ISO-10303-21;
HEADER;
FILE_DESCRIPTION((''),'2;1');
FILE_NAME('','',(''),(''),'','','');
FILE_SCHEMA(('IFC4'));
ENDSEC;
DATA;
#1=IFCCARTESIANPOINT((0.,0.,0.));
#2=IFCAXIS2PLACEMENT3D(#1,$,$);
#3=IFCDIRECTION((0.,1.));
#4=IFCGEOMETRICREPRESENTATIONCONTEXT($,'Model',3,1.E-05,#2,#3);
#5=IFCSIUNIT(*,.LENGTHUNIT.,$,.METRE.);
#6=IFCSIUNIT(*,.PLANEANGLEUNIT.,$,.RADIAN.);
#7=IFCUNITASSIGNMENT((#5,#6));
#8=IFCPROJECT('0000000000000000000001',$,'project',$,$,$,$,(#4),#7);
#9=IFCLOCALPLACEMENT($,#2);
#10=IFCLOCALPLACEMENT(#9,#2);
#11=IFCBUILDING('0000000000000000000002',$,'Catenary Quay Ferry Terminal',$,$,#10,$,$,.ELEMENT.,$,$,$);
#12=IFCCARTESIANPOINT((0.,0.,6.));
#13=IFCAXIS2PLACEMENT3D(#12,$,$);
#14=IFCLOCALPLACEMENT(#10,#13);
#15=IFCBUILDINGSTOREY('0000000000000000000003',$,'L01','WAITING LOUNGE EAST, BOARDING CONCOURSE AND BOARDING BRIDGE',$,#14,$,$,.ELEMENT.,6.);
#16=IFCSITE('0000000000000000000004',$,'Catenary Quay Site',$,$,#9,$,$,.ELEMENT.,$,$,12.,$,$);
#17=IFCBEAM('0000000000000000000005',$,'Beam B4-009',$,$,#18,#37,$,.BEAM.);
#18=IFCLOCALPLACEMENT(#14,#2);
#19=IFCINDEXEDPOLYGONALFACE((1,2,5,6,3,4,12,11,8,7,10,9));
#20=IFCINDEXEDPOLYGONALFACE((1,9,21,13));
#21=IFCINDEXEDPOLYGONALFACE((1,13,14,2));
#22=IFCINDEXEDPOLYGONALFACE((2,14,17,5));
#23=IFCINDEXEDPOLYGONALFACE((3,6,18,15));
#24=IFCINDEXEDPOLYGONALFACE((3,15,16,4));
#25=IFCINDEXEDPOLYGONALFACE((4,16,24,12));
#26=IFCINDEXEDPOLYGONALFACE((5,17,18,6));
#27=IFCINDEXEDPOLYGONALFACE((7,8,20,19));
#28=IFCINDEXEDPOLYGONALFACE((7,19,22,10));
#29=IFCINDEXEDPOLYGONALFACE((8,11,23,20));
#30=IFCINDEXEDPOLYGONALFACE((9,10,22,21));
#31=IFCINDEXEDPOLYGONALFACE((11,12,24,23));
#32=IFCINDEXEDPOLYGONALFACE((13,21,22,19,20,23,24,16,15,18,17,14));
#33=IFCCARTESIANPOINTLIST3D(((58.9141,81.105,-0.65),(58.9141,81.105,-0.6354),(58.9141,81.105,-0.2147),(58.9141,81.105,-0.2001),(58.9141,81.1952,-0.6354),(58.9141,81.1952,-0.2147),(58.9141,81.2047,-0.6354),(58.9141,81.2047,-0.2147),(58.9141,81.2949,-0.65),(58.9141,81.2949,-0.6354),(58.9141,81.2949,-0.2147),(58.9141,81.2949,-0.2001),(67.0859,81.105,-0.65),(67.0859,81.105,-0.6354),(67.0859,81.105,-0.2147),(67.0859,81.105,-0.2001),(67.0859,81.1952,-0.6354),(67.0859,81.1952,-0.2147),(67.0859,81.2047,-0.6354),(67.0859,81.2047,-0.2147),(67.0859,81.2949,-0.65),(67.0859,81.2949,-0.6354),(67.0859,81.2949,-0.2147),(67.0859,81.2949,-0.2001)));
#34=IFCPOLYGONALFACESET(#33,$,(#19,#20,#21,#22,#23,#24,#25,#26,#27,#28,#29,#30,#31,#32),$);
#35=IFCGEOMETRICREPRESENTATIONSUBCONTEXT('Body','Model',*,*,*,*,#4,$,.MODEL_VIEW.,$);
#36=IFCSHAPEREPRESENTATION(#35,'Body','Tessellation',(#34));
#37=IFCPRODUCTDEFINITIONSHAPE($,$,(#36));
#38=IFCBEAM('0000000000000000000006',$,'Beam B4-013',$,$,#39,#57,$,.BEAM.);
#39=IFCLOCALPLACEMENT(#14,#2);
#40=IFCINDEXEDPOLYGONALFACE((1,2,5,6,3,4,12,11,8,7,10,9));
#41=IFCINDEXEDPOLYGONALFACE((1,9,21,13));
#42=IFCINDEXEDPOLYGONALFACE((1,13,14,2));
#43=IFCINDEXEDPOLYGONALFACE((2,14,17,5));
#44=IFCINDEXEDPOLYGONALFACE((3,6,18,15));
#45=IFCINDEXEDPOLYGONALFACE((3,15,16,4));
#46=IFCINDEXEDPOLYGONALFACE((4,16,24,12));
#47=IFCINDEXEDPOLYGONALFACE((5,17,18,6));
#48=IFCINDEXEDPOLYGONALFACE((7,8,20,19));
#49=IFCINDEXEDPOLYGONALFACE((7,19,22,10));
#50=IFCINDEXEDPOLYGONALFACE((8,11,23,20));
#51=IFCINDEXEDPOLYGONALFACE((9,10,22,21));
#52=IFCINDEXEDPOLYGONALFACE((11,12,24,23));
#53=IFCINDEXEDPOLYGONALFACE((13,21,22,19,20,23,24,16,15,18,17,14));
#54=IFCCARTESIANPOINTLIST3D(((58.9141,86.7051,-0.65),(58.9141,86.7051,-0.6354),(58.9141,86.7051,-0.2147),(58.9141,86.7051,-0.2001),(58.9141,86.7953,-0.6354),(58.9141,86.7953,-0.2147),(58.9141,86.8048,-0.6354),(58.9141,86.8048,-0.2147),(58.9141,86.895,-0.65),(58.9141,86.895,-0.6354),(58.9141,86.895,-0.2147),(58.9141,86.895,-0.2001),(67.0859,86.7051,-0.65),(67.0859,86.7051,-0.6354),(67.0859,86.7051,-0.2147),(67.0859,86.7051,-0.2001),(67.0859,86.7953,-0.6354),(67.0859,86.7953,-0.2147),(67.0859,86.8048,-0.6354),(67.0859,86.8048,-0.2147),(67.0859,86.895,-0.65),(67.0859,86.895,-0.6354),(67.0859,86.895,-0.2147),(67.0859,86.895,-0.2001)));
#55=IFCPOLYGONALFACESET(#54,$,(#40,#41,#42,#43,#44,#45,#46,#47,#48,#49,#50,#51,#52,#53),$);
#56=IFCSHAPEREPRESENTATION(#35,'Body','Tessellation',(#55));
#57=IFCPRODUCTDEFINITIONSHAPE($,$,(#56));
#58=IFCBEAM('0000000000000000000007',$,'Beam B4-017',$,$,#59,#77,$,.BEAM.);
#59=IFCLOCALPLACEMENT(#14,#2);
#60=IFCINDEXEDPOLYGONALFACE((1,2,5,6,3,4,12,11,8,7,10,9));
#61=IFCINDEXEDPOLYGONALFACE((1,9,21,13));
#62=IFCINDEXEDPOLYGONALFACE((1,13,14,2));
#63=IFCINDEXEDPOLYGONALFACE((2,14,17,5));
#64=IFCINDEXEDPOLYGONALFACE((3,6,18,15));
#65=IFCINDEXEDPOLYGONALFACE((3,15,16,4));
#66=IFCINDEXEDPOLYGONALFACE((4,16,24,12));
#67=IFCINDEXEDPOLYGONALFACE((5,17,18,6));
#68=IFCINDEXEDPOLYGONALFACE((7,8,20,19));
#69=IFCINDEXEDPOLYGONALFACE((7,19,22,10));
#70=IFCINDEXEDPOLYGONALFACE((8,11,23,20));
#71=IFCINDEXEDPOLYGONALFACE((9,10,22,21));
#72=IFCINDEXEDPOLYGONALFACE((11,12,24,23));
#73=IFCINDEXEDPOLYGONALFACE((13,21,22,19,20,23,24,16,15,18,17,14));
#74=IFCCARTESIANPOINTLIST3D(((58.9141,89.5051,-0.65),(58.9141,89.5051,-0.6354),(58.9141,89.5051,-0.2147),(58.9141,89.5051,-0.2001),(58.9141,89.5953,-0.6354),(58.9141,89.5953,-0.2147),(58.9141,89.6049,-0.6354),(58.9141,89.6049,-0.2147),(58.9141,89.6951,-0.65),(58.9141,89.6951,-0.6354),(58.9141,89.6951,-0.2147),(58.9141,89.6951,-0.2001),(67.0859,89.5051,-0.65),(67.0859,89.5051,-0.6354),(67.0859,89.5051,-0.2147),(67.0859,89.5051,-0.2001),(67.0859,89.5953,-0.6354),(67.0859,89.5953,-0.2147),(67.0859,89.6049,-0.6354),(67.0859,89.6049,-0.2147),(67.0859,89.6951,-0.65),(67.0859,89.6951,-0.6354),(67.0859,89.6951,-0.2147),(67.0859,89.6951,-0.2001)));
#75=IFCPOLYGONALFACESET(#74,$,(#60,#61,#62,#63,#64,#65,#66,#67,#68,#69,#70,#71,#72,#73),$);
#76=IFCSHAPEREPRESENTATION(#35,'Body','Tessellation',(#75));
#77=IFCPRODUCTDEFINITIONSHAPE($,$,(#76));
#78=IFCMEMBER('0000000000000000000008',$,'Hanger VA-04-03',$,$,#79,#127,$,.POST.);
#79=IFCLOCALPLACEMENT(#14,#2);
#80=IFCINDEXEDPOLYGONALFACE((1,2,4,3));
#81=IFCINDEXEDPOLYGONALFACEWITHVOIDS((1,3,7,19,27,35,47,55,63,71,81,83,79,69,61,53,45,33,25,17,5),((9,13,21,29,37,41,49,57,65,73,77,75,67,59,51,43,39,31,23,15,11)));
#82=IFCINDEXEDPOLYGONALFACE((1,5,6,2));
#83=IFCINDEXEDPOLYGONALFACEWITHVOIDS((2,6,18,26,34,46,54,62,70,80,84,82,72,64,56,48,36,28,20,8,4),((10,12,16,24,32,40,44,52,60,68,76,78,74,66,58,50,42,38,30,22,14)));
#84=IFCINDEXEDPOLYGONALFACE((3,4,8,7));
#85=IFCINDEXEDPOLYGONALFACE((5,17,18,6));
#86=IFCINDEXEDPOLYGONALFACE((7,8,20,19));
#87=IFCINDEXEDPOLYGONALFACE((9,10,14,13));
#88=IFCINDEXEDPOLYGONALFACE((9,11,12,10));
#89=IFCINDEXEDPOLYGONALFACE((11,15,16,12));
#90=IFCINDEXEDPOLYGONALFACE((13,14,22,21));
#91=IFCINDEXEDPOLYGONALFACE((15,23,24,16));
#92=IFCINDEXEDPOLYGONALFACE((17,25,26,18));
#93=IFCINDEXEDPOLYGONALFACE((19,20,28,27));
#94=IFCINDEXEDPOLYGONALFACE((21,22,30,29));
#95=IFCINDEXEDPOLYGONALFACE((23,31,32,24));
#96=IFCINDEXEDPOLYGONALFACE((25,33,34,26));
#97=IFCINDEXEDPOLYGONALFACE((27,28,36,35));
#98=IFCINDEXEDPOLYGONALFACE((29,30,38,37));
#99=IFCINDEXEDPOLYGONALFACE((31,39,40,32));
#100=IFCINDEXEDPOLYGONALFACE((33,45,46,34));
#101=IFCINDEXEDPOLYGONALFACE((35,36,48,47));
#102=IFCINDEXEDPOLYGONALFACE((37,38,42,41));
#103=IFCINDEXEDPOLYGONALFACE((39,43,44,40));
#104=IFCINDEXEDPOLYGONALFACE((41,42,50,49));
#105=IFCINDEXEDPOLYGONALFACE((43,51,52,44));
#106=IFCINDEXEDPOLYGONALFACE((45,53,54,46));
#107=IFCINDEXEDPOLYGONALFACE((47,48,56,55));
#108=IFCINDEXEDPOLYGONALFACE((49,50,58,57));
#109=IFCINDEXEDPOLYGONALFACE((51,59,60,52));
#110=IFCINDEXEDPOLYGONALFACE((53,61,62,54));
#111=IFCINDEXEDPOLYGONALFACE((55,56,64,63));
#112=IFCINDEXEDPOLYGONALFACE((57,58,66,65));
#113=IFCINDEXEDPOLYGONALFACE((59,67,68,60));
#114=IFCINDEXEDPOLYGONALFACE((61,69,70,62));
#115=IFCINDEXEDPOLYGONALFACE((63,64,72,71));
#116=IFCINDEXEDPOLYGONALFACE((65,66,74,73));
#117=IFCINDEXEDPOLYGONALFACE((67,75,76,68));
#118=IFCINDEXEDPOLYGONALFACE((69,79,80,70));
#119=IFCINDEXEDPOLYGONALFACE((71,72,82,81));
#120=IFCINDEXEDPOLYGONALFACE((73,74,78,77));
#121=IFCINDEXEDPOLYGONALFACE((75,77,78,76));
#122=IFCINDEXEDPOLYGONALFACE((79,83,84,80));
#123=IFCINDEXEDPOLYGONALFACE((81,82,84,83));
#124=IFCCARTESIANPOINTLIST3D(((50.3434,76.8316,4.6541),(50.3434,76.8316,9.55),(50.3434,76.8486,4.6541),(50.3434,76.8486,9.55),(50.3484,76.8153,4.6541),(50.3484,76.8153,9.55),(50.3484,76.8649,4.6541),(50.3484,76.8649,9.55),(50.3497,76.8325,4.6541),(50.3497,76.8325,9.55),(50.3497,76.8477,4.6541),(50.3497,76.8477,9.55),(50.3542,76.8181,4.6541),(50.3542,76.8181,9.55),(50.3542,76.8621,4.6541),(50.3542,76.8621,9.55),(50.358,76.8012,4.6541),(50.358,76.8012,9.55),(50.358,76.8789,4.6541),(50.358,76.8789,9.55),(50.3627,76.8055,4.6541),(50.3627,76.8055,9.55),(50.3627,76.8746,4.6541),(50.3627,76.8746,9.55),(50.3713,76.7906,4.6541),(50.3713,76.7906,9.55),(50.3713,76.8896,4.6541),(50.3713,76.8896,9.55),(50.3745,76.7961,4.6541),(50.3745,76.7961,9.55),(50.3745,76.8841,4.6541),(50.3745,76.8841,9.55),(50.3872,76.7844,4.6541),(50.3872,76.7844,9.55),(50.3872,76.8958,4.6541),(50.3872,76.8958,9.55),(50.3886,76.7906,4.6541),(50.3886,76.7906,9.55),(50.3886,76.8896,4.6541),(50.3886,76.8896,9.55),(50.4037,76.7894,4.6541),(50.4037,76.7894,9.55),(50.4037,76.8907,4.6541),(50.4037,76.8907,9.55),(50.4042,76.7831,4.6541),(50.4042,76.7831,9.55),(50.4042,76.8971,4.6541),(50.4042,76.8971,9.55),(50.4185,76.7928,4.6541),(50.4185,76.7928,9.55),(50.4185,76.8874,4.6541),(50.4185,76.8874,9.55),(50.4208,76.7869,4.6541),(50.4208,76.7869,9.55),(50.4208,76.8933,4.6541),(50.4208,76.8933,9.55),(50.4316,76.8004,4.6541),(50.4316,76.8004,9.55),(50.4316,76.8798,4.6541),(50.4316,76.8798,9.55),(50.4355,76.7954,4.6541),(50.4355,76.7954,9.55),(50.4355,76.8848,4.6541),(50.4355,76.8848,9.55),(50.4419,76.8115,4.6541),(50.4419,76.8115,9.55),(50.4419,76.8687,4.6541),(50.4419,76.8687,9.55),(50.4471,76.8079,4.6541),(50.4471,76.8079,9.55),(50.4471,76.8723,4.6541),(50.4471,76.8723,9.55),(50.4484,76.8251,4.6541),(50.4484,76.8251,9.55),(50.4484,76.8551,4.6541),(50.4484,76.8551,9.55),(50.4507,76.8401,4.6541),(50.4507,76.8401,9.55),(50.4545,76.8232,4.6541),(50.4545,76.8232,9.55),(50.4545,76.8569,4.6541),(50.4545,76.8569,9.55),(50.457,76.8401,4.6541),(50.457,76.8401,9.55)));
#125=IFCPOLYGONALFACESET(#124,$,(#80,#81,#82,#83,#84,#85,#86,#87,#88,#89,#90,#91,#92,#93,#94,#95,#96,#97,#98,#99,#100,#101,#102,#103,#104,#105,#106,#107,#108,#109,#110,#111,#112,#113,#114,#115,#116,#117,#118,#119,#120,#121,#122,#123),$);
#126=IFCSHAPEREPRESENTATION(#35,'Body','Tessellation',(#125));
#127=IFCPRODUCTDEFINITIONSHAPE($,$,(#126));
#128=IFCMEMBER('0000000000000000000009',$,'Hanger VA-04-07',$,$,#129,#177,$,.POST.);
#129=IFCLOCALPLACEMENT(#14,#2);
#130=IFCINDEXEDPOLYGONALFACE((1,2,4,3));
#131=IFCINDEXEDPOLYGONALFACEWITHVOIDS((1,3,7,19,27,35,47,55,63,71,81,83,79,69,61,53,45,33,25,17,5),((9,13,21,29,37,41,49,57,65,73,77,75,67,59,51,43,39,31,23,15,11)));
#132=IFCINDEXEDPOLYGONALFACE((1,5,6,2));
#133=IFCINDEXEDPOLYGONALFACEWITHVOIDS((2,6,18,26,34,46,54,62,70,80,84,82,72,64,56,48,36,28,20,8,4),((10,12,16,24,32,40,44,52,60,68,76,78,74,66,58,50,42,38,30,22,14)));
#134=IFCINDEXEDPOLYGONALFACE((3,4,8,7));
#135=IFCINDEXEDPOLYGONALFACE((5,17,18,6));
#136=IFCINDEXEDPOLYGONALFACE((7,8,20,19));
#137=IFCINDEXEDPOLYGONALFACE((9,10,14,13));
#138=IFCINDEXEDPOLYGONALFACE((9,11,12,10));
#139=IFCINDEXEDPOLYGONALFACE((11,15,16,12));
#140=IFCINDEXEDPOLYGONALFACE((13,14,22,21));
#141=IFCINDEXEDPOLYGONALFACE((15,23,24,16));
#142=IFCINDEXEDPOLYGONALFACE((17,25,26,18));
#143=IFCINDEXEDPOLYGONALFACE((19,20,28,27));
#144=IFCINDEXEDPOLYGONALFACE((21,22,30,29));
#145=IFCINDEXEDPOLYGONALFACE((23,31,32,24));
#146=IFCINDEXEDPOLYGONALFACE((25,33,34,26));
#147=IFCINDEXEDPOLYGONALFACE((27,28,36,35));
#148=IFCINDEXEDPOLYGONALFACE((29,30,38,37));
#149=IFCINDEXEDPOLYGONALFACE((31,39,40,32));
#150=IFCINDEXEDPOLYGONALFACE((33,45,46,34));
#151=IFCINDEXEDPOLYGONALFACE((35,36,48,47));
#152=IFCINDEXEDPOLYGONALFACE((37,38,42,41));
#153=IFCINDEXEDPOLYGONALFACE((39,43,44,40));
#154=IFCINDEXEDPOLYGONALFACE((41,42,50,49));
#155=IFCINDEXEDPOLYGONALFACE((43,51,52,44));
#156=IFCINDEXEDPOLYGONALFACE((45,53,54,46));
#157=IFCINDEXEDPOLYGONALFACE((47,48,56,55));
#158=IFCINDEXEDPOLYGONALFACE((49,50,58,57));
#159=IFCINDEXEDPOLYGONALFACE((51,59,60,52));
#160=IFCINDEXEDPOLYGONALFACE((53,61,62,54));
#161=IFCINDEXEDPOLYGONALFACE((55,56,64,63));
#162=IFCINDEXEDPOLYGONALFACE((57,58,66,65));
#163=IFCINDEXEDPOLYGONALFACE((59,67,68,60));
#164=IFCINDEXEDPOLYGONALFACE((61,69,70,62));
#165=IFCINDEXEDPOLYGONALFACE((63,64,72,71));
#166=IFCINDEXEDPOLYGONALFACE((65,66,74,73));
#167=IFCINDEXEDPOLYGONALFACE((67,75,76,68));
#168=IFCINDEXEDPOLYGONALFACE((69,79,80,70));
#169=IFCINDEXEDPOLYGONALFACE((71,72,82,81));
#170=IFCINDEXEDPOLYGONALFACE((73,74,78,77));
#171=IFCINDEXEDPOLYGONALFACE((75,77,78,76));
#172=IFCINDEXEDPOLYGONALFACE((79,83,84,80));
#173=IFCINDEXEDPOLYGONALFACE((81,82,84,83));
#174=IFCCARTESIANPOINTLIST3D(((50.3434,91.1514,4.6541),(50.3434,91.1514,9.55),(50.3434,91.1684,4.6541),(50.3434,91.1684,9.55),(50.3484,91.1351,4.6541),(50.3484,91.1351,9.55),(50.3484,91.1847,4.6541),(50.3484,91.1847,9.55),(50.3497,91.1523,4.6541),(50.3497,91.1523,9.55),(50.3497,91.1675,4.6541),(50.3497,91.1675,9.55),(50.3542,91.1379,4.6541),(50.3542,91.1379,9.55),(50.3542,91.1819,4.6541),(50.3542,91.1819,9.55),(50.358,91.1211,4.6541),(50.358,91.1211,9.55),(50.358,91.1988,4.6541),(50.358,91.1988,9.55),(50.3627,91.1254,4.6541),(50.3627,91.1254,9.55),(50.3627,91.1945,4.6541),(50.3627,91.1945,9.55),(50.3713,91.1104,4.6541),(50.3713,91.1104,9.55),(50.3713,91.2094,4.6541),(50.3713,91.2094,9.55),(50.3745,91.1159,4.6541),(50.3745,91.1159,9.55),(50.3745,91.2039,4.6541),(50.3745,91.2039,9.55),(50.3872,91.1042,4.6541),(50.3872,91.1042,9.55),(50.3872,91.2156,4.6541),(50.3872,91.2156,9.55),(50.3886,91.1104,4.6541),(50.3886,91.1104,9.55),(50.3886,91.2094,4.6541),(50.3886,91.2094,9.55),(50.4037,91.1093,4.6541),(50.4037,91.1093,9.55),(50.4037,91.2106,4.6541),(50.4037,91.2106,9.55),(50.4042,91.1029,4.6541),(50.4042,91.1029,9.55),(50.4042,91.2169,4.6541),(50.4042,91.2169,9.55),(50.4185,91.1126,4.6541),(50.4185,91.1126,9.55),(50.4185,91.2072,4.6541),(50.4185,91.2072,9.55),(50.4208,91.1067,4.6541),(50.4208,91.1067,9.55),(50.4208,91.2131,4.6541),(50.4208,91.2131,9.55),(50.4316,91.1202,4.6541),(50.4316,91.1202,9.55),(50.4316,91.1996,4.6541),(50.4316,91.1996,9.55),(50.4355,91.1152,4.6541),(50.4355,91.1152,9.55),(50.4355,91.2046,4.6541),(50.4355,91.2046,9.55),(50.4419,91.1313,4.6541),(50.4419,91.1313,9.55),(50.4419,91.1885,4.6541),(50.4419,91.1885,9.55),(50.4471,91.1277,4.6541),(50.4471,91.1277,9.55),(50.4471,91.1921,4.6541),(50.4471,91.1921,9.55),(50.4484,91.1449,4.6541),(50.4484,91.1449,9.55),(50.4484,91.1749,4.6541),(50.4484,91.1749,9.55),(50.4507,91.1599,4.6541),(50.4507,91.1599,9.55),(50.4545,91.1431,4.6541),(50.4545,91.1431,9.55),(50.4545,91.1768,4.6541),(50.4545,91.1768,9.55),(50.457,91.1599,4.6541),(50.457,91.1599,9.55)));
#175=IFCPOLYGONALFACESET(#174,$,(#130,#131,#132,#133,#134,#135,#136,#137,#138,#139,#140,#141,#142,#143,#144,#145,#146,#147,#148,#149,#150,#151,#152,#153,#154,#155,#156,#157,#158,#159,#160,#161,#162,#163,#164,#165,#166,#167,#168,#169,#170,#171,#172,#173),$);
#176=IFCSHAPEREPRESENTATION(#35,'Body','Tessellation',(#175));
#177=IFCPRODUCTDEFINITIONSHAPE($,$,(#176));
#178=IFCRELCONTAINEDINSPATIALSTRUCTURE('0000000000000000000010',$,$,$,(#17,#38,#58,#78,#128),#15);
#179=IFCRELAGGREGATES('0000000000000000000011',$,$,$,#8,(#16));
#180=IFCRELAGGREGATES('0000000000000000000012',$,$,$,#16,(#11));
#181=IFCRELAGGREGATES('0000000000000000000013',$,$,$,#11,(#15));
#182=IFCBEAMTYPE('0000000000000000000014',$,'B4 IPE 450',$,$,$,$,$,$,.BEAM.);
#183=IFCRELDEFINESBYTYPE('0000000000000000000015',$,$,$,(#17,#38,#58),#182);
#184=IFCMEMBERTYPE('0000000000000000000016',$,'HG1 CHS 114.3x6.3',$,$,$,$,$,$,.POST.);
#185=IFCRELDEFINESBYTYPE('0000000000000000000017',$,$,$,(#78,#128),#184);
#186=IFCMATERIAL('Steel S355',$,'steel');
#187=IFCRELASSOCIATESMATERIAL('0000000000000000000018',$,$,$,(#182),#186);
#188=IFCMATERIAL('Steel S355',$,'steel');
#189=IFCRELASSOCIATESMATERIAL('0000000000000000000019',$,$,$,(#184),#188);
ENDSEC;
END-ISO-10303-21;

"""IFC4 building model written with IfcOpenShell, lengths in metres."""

from ifc_helpers import new_model, si_unit, direction, frame, origin, origin_2d, place, context, subcontext, project, spatial, hollow_circle, i_section, extrude, material, material_profile, profile_set, type_object, element, save


model = new_model("IFC4")

# Units and contexts
model_context = context("Model", 3, precision=1e-05, world=origin(), true_north=direction((0.0, 1.0)))
body_context = subcontext(model_context, "Body", "Model", "MODEL_VIEW")
ifc_project = project(units=[si_unit("LENGTHUNIT", "METRE"), si_unit("PLANEANGLEUNIT", "RADIAN")], contexts=[model_context])

# Site, building, storey
site_placement = place(None, origin())
site = spatial("IfcSite", under=ifc_project, at=site_placement, Name="Catenary Quay Site", CompositionType="ELEMENT", RefElevation=12.0)
building_placement = place(site_placement, origin())
building = spatial("IfcBuilding", under=site, at=building_placement, Name="Catenary Quay Ferry Terminal", CompositionType="ELEMENT")
storey_placement = place(building_placement, frame((0.0, 0.0, 6.0)))
storey = spatial("IfcBuildingStorey", under=building, at=storey_placement, Name="L01", Description="WAITING LOUNGE EAST, BOARDING CONCOURSE AND BOARDING BRIDGE", CompositionType="ELEMENT", Elevation=6.0)

# Beams
ifc_material_1 = material(Name="Steel S355", Category="steel")
ifc_material_profile_1 = material_profile(ifc_material_1, i_section(OverallWidth=0.1899, OverallDepth=0.45, WebThickness=0.0095, FlangeThickness=0.0146, at=origin_2d()), Name="IPE 450")
ifc_profile_set_1 = profile_set([ifc_material_profile_1], Name="Steel S355")
beam_type_1 = type_object("IfcBeamType", Name="B4 IPE 450", PredefinedType="BEAM", material=ifc_profile_set_1)
for number, where, z_axis, x_axis, name in (
    (1, (58.9141, 81.2, -0.425), (1.0, 0.0, 0.0), (0.0, 1.0, 0.0), "Beam B4-009"),
    (2, (58.9141, 86.8, -0.425), (1.0, 0.0, 0.0), (0.0, 1.0, 0.0), "Beam B4-013"),
    (3, (58.9141, 89.6001, -0.425), (1.0, 0.0, 0.0), (0.0, 1.0, 0.0), "Beam B4-017"),
):
    element("IfcBeam", number, at=place(storey_placement, frame(where, z_axis=z_axis, x_axis=x_axis)), inside=storey, type_object=beam_type_1, Name=name, PredefinedType="BEAM", context=body_context, shape_type="SweptSolid", body=[
        extrude(i_section(OverallWidth=0.1899, OverallDepth=0.45, WebThickness=0.0095, FlangeThickness=0.0146, at=origin_2d()), origin(), (0.0, 0.0, 1.0), 8.1719),
    ])

# Members
ifc_material_2 = material(Name="Steel S355", Category="steel")
ifc_material_profile_2 = material_profile(ifc_material_2, hollow_circle(Radius=0.0571, WallThickness=0.0063, at=origin_2d()), Name="CHS 114.3x6.3")
ifc_profile_set_2 = profile_set([ifc_material_profile_2], Name="Steel S355")
member_type = type_object("IfcMemberType", Name="HG1 CHS 114.3x6.3", PredefinedType="POST", material=ifc_profile_set_2)
for number, where, z_axis, x_axis, name in (
    (4, (50.3999, 76.8401, 4.6541), (0.0, 0.0, 1.0), (1.0, 0.0, 0.0), "Hanger VA-04-03"),
    (5, (50.3999, 91.1599, 4.6541), (0.0, 0.0, 1.0), (1.0, 0.0, 0.0), "Hanger VA-04-07"),
):
    element("IfcMember", number, at=place(storey_placement, frame(where, z_axis=z_axis, x_axis=x_axis)), inside=storey, type_object=member_type, Name=name, PredefinedType="POST", context=body_context, shape_type="SweptSolid", body=[
        extrude(hollow_circle(Radius=0.0571, WallThickness=0.0063, at=origin_2d()), origin(), (0.0, 0.0, 1.0), 4.896),
    ])

save(model, "model.ifc")
